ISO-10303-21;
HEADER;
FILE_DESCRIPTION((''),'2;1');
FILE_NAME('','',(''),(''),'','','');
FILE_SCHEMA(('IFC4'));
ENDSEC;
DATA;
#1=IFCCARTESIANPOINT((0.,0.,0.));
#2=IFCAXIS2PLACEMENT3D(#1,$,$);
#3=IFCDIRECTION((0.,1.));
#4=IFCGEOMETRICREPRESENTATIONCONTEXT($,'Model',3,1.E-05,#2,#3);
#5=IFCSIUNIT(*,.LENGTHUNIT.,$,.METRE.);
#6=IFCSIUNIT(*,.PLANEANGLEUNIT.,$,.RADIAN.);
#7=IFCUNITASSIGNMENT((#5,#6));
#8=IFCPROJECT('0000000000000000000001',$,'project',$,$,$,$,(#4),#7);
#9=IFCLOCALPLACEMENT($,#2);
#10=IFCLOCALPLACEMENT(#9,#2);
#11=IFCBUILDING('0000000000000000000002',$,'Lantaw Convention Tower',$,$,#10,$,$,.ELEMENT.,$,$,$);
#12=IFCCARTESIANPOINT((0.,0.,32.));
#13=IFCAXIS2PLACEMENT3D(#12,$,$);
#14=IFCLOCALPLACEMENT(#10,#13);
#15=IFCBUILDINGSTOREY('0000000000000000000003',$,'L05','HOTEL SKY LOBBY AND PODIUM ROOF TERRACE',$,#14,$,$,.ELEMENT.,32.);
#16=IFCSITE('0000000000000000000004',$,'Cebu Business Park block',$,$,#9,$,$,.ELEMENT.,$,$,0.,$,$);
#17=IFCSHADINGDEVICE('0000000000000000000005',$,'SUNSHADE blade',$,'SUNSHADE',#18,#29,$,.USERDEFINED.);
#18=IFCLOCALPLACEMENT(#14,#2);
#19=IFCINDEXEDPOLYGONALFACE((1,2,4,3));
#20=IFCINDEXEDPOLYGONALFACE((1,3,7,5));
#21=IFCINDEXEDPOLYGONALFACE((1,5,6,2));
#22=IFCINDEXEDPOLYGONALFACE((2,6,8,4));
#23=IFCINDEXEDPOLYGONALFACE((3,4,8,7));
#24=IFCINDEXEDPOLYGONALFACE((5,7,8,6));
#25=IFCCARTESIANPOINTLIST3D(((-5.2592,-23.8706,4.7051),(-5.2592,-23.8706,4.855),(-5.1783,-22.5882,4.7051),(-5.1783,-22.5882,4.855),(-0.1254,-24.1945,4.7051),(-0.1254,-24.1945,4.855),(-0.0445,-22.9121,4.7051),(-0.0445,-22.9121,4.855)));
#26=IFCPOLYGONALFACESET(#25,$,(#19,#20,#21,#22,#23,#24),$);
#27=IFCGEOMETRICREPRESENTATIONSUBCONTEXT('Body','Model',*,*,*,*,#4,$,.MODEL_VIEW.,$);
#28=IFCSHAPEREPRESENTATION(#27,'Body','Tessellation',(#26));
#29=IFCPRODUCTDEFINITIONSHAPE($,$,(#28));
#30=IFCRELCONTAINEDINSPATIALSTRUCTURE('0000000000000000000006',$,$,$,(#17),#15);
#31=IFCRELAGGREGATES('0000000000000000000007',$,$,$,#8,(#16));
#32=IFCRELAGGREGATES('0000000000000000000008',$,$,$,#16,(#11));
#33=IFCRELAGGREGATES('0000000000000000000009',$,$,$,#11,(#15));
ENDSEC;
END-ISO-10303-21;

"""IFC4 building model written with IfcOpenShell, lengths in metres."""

from ifc_helpers import new_model, si_unit, direction, frame, origin, origin_2d, place, context, subcontext, project, spatial, rectangle, extrude, element, save


model = new_model("IFC4")

# Units and contexts
model_context = context("Model", 3, precision=1e-05, world=origin(), true_north=direction((0.0, 1.0)))
body_context = subcontext(model_context, "Body", "Model", "MODEL_VIEW")
ifc_project = project(units=[si_unit("LENGTHUNIT", "METRE"), si_unit("PLANEANGLEUNIT", "RADIAN")], contexts=[model_context])

# Site, building, storey
site_placement = place(None, origin())
site = spatial("IfcSite", under=ifc_project, at=site_placement, Name="Cebu Business Park block", CompositionType="ELEMENT", RefElevation=0.0)
building_placement = place(site_placement, origin())
building = spatial("IfcBuilding", under=site, at=building_placement, Name="Lantaw Convention Tower", CompositionType="ELEMENT")
storey_placement = place(building_placement, frame((0.0, 0.0, 32.0)))
storey = spatial("IfcBuildingStorey", under=building, at=storey_placement, Name="L05", Description="HOTEL SKY LOBBY AND PODIUM ROOF TERRACE", CompositionType="ELEMENT", Elevation=32.0)

# Shading device
shading_device_placement = place(storey_placement, frame((-2.6519, -23.3914, 4.7051), z_axis=(0.0, 0.0, 1.0), x_axis=(0.998016, -0.062958, 0.0)))
element("IfcShadingDevice", 1, at=shading_device_placement, inside=storey, Name="SUNSHADE blade", ObjectType="SUNSHADE", PredefinedType="USERDEFINED", context=body_context, shape_type="SweptSolid", body=[
    extrude(rectangle(XDim=5.144, YDim=1.2849, at=origin_2d()), origin(), (0.0, 0.0, 1.0), 0.1499),
])

save(model, "model.ifc")
